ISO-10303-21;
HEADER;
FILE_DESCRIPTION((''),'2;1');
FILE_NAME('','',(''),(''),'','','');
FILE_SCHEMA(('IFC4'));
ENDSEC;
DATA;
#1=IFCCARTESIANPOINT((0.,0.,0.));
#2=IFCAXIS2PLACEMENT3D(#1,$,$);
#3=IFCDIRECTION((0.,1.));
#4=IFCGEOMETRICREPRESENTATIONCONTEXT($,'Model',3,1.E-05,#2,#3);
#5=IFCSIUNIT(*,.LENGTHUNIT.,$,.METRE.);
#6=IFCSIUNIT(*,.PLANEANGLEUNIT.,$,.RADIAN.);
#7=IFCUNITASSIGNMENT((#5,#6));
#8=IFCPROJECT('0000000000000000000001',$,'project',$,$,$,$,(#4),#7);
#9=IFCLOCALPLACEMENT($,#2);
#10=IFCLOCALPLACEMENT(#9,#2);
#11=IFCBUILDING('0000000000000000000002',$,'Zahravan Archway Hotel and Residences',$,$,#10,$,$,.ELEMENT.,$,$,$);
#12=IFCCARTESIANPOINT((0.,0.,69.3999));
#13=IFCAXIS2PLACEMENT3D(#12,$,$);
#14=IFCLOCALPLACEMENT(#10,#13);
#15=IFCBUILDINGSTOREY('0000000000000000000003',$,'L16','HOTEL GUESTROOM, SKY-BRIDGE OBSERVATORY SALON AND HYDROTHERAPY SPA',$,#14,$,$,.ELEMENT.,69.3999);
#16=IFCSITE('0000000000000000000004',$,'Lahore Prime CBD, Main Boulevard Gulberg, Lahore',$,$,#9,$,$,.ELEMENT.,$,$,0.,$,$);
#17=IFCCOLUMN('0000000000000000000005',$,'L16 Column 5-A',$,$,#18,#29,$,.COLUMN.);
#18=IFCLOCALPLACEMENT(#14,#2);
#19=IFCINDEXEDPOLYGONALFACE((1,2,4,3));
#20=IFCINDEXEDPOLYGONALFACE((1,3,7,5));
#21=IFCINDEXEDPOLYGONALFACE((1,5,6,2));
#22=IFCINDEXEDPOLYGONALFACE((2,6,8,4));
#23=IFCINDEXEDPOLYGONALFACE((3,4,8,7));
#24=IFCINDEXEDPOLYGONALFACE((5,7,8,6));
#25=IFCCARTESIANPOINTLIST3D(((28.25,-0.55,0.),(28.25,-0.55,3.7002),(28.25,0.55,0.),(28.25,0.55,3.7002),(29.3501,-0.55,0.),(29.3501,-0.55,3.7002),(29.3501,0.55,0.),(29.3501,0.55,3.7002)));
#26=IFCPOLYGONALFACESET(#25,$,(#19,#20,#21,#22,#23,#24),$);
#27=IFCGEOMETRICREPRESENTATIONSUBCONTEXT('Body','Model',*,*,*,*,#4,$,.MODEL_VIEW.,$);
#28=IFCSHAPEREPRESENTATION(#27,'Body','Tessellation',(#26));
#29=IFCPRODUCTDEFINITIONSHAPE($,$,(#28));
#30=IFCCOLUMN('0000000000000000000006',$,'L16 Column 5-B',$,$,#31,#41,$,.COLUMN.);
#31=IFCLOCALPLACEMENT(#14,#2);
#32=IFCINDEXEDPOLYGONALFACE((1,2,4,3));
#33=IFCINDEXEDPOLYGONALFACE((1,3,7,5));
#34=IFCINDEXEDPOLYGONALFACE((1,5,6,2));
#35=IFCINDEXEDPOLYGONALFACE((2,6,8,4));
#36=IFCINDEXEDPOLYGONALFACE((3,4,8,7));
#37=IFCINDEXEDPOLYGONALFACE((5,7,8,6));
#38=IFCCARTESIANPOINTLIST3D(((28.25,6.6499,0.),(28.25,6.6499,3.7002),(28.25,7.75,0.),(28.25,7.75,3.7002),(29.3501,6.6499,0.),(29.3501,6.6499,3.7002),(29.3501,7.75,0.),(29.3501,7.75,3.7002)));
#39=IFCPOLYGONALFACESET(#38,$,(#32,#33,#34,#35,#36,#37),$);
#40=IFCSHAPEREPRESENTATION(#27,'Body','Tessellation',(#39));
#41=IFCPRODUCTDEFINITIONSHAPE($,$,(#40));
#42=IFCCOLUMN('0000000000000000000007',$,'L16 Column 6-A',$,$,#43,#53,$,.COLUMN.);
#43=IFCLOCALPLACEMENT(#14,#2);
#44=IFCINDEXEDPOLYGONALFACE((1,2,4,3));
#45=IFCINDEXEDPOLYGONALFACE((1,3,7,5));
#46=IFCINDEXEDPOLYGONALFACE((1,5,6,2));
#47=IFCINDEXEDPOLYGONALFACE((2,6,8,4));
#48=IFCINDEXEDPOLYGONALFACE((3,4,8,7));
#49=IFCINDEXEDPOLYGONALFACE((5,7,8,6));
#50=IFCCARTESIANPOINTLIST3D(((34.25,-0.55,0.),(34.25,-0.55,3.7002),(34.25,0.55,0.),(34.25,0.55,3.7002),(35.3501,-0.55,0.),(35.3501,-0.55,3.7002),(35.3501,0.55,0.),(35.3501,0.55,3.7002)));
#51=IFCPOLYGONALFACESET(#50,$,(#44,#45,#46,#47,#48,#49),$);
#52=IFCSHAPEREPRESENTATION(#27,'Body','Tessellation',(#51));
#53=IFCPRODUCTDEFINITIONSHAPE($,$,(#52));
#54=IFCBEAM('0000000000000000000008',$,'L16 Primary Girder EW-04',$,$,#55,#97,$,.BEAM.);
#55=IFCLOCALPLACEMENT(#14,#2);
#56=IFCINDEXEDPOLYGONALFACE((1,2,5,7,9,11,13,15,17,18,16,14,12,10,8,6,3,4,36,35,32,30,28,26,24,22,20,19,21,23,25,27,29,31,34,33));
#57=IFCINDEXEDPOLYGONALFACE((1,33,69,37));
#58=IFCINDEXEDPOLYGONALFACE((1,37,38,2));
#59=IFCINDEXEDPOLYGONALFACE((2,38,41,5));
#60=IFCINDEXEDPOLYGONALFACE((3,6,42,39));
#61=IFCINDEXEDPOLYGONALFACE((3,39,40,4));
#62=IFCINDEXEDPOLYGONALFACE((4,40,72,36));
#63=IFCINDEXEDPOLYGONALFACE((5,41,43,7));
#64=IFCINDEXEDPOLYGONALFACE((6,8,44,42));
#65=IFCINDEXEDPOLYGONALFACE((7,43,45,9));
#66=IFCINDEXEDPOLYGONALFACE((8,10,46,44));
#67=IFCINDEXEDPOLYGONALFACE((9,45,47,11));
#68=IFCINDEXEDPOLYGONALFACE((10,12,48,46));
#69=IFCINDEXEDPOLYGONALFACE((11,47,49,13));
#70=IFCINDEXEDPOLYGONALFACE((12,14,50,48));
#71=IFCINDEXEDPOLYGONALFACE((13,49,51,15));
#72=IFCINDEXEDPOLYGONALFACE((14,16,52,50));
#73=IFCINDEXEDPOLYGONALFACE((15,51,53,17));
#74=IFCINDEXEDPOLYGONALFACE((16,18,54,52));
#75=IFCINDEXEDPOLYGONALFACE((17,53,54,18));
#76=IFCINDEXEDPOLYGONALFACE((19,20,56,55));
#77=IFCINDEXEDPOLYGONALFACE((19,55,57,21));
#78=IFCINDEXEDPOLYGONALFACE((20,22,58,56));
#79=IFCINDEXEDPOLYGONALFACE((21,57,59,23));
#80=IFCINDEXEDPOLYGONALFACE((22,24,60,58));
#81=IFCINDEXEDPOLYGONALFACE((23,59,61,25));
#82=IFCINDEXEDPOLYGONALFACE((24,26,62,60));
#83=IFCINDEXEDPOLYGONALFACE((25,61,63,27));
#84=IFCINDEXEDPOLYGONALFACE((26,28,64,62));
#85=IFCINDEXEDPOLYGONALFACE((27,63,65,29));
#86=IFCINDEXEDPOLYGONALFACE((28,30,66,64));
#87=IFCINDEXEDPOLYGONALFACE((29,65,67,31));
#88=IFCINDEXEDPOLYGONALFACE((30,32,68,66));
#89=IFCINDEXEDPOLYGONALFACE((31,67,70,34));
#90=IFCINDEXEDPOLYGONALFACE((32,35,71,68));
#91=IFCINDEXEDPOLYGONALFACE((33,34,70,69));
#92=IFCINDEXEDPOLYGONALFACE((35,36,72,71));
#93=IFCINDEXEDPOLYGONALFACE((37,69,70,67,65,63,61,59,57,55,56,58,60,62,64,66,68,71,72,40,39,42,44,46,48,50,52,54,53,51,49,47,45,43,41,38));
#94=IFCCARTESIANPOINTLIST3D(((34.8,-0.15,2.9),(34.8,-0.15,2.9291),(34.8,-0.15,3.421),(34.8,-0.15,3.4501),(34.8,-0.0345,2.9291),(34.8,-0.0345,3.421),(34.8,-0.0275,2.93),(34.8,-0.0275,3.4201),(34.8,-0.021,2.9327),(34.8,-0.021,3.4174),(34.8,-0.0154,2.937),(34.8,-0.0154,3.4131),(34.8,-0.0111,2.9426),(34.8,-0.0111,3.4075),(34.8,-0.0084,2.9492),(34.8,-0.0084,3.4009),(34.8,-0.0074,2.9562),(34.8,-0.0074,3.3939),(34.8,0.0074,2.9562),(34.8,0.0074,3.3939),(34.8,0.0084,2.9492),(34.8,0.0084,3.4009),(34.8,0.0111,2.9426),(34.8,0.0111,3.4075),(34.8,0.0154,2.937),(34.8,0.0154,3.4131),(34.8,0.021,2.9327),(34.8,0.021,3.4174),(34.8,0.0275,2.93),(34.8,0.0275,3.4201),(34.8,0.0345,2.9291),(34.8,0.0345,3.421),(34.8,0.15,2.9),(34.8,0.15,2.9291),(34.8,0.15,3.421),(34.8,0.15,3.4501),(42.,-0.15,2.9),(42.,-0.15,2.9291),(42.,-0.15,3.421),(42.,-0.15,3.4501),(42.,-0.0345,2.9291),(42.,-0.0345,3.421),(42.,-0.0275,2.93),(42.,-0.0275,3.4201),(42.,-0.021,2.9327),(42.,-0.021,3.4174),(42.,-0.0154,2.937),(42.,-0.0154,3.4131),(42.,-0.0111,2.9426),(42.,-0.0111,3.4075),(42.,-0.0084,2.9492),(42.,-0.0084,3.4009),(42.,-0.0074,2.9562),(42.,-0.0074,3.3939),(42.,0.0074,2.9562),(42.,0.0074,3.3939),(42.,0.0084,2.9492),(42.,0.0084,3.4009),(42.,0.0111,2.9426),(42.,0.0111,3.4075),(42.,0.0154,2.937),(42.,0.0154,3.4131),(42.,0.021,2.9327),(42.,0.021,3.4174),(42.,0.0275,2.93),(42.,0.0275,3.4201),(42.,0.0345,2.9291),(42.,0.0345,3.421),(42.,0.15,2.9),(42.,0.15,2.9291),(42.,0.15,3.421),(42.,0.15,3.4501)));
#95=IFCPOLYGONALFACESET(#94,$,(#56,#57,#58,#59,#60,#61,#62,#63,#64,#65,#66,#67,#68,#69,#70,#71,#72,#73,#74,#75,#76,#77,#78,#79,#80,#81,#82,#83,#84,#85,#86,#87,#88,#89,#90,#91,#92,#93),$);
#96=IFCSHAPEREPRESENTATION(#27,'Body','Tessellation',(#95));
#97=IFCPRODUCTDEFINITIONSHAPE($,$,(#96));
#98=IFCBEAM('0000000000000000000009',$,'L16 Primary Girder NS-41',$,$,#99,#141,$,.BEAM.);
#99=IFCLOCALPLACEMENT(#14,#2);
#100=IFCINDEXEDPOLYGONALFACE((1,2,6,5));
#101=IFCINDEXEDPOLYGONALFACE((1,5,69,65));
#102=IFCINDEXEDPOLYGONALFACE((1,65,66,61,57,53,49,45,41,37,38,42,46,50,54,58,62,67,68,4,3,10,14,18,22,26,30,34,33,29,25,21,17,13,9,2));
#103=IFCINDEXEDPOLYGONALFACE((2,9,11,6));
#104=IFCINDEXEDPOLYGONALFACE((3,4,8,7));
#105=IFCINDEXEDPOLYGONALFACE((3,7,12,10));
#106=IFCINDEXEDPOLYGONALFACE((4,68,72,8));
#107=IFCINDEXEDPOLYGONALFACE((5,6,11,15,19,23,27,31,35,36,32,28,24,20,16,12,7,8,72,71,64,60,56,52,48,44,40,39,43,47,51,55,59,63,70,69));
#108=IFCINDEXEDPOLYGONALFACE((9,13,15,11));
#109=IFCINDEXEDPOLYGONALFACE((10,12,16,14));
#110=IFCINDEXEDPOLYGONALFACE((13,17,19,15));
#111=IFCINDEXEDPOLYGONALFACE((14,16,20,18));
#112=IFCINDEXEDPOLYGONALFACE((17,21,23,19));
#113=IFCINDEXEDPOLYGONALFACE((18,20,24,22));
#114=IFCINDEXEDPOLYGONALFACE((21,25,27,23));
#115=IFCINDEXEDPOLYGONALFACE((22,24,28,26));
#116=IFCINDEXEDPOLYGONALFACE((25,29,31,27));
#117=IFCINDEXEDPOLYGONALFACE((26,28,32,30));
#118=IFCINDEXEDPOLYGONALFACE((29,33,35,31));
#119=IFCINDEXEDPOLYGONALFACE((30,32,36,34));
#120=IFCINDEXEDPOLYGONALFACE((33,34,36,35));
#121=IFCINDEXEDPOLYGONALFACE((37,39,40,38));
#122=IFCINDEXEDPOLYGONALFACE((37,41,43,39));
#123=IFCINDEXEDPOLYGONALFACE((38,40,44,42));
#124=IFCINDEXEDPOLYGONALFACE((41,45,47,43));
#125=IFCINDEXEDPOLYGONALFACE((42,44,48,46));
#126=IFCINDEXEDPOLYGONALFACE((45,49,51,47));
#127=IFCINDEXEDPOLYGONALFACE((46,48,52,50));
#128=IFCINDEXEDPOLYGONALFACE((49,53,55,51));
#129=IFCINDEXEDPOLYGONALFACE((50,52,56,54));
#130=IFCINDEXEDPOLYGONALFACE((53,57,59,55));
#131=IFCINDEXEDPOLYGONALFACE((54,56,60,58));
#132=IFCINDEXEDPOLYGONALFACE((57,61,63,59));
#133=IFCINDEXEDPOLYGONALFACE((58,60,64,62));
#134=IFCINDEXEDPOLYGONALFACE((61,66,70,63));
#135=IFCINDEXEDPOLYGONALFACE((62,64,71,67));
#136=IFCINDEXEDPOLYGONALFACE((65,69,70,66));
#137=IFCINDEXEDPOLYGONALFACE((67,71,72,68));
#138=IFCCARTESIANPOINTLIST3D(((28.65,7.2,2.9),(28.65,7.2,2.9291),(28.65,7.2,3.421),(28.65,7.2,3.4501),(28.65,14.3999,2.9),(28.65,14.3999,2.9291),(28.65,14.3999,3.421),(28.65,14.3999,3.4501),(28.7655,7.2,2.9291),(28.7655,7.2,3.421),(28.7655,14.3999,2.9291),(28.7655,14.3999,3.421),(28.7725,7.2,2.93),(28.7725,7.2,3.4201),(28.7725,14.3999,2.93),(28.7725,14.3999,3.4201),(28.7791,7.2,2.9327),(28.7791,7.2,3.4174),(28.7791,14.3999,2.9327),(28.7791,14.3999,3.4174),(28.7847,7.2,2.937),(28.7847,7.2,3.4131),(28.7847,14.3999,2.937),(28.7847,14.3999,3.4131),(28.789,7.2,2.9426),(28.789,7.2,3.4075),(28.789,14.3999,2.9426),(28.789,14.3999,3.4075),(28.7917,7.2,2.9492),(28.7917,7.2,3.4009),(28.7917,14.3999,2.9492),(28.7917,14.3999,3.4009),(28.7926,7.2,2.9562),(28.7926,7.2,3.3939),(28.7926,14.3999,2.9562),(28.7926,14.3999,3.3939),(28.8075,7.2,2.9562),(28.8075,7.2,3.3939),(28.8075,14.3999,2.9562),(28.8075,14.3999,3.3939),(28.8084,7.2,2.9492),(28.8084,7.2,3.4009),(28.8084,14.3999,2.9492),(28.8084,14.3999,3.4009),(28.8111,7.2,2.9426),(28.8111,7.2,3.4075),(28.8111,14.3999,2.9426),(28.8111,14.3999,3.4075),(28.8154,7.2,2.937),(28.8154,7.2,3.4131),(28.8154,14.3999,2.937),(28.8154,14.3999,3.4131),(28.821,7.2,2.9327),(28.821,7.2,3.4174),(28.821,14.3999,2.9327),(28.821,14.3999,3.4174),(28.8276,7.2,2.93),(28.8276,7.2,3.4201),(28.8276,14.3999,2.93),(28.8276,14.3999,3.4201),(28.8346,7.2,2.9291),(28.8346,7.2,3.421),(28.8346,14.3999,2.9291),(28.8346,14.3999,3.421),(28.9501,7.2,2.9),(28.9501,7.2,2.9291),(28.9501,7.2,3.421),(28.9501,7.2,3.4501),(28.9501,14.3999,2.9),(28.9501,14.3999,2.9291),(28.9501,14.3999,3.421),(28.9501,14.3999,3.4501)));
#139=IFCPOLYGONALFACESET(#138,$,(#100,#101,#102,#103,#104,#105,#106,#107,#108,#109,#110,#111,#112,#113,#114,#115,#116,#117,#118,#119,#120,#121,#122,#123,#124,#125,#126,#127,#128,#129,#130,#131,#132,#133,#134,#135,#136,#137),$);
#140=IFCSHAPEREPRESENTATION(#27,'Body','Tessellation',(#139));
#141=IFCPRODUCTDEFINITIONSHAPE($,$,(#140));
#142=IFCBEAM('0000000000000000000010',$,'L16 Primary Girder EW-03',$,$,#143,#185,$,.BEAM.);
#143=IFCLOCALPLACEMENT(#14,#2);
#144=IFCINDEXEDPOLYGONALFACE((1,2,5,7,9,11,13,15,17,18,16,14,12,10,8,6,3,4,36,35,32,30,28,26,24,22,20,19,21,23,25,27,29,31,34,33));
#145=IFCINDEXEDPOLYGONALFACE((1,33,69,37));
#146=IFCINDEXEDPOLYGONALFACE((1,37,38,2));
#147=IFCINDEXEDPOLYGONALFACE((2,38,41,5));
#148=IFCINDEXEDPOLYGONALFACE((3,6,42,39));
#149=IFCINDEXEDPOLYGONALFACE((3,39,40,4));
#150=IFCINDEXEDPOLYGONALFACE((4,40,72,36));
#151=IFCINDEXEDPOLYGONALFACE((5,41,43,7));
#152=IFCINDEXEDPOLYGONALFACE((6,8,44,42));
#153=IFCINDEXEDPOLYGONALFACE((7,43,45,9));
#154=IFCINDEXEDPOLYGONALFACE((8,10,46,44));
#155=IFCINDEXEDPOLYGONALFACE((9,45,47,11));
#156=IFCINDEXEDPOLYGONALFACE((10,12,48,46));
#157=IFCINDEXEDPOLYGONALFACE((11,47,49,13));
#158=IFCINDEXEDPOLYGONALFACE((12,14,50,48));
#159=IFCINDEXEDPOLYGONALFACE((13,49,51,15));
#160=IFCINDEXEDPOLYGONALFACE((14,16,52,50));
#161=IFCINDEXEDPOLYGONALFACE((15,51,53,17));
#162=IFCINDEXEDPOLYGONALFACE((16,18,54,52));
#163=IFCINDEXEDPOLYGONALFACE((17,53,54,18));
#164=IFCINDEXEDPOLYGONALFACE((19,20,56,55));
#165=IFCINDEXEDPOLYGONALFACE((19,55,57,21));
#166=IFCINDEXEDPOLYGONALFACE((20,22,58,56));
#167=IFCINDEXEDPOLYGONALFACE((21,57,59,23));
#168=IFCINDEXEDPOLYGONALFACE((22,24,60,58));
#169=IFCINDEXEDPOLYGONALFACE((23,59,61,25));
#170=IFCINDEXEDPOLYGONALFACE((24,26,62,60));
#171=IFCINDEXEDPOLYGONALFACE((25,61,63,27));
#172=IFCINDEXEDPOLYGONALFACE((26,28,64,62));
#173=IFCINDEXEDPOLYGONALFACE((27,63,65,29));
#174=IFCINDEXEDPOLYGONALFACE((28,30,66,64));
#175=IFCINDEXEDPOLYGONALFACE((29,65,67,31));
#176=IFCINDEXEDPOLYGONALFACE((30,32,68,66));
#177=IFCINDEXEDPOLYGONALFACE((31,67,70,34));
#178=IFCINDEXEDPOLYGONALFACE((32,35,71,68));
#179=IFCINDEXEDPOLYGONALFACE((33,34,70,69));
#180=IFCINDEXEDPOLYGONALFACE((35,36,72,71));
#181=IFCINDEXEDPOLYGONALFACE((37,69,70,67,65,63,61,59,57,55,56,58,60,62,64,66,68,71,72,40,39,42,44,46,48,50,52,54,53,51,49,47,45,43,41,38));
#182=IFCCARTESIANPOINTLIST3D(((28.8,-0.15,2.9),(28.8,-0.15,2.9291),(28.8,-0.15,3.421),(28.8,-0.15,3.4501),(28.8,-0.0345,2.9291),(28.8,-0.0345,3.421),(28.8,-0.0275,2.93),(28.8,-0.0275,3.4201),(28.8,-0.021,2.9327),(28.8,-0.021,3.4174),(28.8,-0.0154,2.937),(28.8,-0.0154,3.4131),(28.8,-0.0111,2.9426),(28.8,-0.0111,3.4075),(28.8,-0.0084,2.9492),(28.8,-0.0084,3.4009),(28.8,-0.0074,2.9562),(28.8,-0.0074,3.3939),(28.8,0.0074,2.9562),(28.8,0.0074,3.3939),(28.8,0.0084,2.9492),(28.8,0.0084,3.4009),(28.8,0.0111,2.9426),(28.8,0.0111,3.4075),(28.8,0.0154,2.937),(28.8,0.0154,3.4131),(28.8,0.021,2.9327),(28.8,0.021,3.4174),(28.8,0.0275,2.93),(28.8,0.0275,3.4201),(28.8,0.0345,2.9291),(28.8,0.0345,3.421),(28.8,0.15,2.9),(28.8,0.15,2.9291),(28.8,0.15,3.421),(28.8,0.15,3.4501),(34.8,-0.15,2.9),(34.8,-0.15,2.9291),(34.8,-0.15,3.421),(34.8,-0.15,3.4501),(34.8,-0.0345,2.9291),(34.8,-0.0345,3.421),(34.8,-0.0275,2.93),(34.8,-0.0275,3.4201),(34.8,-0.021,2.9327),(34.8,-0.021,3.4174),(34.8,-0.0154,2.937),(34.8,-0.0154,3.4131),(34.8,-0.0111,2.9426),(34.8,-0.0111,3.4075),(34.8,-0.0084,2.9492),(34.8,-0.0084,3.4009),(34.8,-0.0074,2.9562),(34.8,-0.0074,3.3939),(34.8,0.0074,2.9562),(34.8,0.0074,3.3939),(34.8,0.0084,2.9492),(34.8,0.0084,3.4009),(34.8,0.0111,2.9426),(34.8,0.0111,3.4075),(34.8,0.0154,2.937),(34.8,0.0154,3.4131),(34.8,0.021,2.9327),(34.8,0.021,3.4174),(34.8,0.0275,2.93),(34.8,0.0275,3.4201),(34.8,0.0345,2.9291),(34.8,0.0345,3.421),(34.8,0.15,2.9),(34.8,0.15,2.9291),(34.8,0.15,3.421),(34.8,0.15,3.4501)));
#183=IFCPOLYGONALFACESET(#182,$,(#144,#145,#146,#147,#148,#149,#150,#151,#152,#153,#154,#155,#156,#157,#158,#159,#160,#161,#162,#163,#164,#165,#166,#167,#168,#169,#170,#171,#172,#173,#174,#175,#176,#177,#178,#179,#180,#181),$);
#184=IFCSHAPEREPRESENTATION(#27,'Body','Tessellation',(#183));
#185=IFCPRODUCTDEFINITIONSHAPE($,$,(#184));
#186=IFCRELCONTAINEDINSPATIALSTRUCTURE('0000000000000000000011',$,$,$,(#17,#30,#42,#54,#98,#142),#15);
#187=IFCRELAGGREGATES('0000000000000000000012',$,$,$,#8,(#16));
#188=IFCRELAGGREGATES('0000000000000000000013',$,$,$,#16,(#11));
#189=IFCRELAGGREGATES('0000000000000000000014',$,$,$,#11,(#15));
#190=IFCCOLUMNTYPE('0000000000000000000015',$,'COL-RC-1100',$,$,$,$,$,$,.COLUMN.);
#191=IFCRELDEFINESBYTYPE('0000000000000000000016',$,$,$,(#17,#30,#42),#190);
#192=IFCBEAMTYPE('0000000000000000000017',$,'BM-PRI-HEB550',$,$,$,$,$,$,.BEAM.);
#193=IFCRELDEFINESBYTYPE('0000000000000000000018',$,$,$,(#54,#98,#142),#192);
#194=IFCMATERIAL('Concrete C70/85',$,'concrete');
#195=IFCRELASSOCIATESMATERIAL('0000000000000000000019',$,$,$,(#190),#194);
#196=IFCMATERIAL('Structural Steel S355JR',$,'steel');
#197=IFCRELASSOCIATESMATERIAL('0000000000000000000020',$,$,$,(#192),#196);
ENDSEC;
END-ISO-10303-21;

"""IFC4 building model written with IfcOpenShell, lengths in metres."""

from ifc_helpers import new_model, si_unit, direction, frame, origin, origin_2d, place, context, subcontext, project, spatial, rectangle, i_section, extrude, source, transform, mapped, material, material_profile, profile_set, type_object, element, save


model = new_model("IFC4")

# Units and contexts
model_context = context("Model", 3, precision=1e-05, world=origin(), true_north=direction((0.0, 1.0)))
body_context = subcontext(model_context, "Body", "Model", "MODEL_VIEW")
ifc_project = project(units=[si_unit("LENGTHUNIT", "METRE"), si_unit("PLANEANGLEUNIT", "RADIAN")], contexts=[model_context])

# Site, building, storey
site_placement = place(None, origin())
site = spatial("IfcSite", under=ifc_project, at=site_placement, Name="Lahore Prime CBD, Main Boulevard Gulberg, Lahore", CompositionType="ELEMENT", RefElevation=0.0)
building_placement = place(site_placement, origin())
building = spatial("IfcBuilding", under=site, at=building_placement, Name="Zahravan Archway Hotel and Residences", CompositionType="ELEMENT")
storey_placement = place(building_placement, frame((0.0, 0.0, 69.3999)))
storey = spatial("IfcBuildingStorey", under=building, at=storey_placement, Name="L16", Description="HOTEL GUESTROOM, SKY-BRIDGE OBSERVATORY SALON AND HYDROTHERAPY SPA", CompositionType="ELEMENT", Elevation=69.3999)

# Columns
ifc_material_1 = material(Name="Concrete C70/85", Category="concrete")
ifc_material_profile_1 = material_profile(ifc_material_1, rectangle(XDim=1.1001, YDim=1.1001, at=origin_2d()), Name="RC 1100x1100", Category="concrete")
ifc_profile_set_1 = profile_set([ifc_material_profile_1], Name="Concrete C70/85")
column_type = type_object("IfcColumnType", Name="COL-RC-1100", PredefinedType="COLUMN", material=ifc_profile_set_1)
shared_shape_1 = source(origin(), body_context, "Body", "SweptSolid", [
    extrude(rectangle(XDim=1.1001, YDim=1.1001, at=origin_2d()), origin(), (0.0, 0.0, 1.0), 3.7002),
])
for number, where, z_axis, x_axis, name in (
    (1, (28.8, 0.0, 0.0), (0.0, 0.0, 1.0), (1.0, 0.0, 0.0), "L16 Column 5-A"),
    (2, (28.8, 7.2, 0.0), (0.0, 0.0, 1.0), (1.0, 0.0, 0.0), "L16 Column 5-B"),
    (3, (34.8, 0.0, 0.0), (0.0, 0.0, 1.0), (1.0, 0.0, 0.0), "L16 Column 6-A"),
):
    element("IfcColumn", number, at=place(storey_placement, frame(where, z_axis=z_axis, x_axis=x_axis)), inside=storey, type_object=column_type, Name=name, PredefinedType="COLUMN", context=body_context, shape_type="MappedRepresentation", body=[
        mapped(shared_shape_1, transform((0.0, 0.0, 0.0), scale=1.0)),
    ])

# Beams
ifc_material_2 = material(Name="Structural Steel S355JR", Category="steel")
ifc_material_profile_2 = material_profile(ifc_material_2, i_section(OverallWidth=0.3, OverallDepth=0.55, WebThickness=0.0149, FlangeThickness=0.0291, FilletRadius=0.0271, at=origin_2d()), Name="HEB 550", Category="steel")
ifc_profile_set_2 = profile_set([ifc_material_profile_2], Name="Structural Steel S355JR")
beam_type_1 = type_object("IfcBeamType", Name="BM-PRI-HEB550", PredefinedType="BEAM", material=ifc_profile_set_2)
shared_shape_2 = source(origin(), body_context, "Body", "SweptSolid", [
    extrude(i_section(OverallWidth=0.3, OverallDepth=0.55, WebThickness=0.0149, FlangeThickness=0.0291, FilletRadius=0.0271, at=origin_2d()), origin(), (0.0, 0.0, 1.0), 7.2),
])
for number, where, z_axis, x_axis, name in (
    (4, (34.8, 0.0, 3.175), (1.0, 0.0, 0.0), (0.0, 1.0, 0.0), "L16 Primary Girder EW-04"),
    (5, (28.8, 7.2, 3.175), (0.0, 1.0, 0.0), (-1.0, 0.0, 0.0), "L16 Primary Girder NS-41"),
):
    element("IfcBeam", number, at=place(storey_placement, frame(where, z_axis=z_axis, x_axis=x_axis)), inside=storey, type_object=beam_type_1, Name=name, PredefinedType="BEAM", context=body_context, shape_type="MappedRepresentation", body=[
        mapped(shared_shape_2, transform((0.0, 0.0, 0.0), scale=1.0)),
    ])
shared_shape_3 = source(origin(), body_context, "Body", "SweptSolid", [
    extrude(i_section(OverallWidth=0.3, OverallDepth=0.55, WebThickness=0.0149, FlangeThickness=0.0291, FilletRadius=0.0271, at=origin_2d()), origin(), (0.0, 0.0, 1.0), 6.0),
])
for number, where, z_axis, x_axis, name in (
    (6, (28.8, 0.0, 3.175), (1.0, 0.0, 0.0), (0.0, 1.0, 0.0), "L16 Primary Girder EW-03"),
):
    element("IfcBeam", number, at=place(storey_placement, frame(where, z_axis=z_axis, x_axis=x_axis)), inside=storey, type_object=beam_type_1, Name=name, PredefinedType="BEAM", context=body_context, shape_type="MappedRepresentation", body=[
        mapped(shared_shape_3, transform((0.0, 0.0, 0.0), scale=1.0)),
    ])

save(model, "model.ifc")
